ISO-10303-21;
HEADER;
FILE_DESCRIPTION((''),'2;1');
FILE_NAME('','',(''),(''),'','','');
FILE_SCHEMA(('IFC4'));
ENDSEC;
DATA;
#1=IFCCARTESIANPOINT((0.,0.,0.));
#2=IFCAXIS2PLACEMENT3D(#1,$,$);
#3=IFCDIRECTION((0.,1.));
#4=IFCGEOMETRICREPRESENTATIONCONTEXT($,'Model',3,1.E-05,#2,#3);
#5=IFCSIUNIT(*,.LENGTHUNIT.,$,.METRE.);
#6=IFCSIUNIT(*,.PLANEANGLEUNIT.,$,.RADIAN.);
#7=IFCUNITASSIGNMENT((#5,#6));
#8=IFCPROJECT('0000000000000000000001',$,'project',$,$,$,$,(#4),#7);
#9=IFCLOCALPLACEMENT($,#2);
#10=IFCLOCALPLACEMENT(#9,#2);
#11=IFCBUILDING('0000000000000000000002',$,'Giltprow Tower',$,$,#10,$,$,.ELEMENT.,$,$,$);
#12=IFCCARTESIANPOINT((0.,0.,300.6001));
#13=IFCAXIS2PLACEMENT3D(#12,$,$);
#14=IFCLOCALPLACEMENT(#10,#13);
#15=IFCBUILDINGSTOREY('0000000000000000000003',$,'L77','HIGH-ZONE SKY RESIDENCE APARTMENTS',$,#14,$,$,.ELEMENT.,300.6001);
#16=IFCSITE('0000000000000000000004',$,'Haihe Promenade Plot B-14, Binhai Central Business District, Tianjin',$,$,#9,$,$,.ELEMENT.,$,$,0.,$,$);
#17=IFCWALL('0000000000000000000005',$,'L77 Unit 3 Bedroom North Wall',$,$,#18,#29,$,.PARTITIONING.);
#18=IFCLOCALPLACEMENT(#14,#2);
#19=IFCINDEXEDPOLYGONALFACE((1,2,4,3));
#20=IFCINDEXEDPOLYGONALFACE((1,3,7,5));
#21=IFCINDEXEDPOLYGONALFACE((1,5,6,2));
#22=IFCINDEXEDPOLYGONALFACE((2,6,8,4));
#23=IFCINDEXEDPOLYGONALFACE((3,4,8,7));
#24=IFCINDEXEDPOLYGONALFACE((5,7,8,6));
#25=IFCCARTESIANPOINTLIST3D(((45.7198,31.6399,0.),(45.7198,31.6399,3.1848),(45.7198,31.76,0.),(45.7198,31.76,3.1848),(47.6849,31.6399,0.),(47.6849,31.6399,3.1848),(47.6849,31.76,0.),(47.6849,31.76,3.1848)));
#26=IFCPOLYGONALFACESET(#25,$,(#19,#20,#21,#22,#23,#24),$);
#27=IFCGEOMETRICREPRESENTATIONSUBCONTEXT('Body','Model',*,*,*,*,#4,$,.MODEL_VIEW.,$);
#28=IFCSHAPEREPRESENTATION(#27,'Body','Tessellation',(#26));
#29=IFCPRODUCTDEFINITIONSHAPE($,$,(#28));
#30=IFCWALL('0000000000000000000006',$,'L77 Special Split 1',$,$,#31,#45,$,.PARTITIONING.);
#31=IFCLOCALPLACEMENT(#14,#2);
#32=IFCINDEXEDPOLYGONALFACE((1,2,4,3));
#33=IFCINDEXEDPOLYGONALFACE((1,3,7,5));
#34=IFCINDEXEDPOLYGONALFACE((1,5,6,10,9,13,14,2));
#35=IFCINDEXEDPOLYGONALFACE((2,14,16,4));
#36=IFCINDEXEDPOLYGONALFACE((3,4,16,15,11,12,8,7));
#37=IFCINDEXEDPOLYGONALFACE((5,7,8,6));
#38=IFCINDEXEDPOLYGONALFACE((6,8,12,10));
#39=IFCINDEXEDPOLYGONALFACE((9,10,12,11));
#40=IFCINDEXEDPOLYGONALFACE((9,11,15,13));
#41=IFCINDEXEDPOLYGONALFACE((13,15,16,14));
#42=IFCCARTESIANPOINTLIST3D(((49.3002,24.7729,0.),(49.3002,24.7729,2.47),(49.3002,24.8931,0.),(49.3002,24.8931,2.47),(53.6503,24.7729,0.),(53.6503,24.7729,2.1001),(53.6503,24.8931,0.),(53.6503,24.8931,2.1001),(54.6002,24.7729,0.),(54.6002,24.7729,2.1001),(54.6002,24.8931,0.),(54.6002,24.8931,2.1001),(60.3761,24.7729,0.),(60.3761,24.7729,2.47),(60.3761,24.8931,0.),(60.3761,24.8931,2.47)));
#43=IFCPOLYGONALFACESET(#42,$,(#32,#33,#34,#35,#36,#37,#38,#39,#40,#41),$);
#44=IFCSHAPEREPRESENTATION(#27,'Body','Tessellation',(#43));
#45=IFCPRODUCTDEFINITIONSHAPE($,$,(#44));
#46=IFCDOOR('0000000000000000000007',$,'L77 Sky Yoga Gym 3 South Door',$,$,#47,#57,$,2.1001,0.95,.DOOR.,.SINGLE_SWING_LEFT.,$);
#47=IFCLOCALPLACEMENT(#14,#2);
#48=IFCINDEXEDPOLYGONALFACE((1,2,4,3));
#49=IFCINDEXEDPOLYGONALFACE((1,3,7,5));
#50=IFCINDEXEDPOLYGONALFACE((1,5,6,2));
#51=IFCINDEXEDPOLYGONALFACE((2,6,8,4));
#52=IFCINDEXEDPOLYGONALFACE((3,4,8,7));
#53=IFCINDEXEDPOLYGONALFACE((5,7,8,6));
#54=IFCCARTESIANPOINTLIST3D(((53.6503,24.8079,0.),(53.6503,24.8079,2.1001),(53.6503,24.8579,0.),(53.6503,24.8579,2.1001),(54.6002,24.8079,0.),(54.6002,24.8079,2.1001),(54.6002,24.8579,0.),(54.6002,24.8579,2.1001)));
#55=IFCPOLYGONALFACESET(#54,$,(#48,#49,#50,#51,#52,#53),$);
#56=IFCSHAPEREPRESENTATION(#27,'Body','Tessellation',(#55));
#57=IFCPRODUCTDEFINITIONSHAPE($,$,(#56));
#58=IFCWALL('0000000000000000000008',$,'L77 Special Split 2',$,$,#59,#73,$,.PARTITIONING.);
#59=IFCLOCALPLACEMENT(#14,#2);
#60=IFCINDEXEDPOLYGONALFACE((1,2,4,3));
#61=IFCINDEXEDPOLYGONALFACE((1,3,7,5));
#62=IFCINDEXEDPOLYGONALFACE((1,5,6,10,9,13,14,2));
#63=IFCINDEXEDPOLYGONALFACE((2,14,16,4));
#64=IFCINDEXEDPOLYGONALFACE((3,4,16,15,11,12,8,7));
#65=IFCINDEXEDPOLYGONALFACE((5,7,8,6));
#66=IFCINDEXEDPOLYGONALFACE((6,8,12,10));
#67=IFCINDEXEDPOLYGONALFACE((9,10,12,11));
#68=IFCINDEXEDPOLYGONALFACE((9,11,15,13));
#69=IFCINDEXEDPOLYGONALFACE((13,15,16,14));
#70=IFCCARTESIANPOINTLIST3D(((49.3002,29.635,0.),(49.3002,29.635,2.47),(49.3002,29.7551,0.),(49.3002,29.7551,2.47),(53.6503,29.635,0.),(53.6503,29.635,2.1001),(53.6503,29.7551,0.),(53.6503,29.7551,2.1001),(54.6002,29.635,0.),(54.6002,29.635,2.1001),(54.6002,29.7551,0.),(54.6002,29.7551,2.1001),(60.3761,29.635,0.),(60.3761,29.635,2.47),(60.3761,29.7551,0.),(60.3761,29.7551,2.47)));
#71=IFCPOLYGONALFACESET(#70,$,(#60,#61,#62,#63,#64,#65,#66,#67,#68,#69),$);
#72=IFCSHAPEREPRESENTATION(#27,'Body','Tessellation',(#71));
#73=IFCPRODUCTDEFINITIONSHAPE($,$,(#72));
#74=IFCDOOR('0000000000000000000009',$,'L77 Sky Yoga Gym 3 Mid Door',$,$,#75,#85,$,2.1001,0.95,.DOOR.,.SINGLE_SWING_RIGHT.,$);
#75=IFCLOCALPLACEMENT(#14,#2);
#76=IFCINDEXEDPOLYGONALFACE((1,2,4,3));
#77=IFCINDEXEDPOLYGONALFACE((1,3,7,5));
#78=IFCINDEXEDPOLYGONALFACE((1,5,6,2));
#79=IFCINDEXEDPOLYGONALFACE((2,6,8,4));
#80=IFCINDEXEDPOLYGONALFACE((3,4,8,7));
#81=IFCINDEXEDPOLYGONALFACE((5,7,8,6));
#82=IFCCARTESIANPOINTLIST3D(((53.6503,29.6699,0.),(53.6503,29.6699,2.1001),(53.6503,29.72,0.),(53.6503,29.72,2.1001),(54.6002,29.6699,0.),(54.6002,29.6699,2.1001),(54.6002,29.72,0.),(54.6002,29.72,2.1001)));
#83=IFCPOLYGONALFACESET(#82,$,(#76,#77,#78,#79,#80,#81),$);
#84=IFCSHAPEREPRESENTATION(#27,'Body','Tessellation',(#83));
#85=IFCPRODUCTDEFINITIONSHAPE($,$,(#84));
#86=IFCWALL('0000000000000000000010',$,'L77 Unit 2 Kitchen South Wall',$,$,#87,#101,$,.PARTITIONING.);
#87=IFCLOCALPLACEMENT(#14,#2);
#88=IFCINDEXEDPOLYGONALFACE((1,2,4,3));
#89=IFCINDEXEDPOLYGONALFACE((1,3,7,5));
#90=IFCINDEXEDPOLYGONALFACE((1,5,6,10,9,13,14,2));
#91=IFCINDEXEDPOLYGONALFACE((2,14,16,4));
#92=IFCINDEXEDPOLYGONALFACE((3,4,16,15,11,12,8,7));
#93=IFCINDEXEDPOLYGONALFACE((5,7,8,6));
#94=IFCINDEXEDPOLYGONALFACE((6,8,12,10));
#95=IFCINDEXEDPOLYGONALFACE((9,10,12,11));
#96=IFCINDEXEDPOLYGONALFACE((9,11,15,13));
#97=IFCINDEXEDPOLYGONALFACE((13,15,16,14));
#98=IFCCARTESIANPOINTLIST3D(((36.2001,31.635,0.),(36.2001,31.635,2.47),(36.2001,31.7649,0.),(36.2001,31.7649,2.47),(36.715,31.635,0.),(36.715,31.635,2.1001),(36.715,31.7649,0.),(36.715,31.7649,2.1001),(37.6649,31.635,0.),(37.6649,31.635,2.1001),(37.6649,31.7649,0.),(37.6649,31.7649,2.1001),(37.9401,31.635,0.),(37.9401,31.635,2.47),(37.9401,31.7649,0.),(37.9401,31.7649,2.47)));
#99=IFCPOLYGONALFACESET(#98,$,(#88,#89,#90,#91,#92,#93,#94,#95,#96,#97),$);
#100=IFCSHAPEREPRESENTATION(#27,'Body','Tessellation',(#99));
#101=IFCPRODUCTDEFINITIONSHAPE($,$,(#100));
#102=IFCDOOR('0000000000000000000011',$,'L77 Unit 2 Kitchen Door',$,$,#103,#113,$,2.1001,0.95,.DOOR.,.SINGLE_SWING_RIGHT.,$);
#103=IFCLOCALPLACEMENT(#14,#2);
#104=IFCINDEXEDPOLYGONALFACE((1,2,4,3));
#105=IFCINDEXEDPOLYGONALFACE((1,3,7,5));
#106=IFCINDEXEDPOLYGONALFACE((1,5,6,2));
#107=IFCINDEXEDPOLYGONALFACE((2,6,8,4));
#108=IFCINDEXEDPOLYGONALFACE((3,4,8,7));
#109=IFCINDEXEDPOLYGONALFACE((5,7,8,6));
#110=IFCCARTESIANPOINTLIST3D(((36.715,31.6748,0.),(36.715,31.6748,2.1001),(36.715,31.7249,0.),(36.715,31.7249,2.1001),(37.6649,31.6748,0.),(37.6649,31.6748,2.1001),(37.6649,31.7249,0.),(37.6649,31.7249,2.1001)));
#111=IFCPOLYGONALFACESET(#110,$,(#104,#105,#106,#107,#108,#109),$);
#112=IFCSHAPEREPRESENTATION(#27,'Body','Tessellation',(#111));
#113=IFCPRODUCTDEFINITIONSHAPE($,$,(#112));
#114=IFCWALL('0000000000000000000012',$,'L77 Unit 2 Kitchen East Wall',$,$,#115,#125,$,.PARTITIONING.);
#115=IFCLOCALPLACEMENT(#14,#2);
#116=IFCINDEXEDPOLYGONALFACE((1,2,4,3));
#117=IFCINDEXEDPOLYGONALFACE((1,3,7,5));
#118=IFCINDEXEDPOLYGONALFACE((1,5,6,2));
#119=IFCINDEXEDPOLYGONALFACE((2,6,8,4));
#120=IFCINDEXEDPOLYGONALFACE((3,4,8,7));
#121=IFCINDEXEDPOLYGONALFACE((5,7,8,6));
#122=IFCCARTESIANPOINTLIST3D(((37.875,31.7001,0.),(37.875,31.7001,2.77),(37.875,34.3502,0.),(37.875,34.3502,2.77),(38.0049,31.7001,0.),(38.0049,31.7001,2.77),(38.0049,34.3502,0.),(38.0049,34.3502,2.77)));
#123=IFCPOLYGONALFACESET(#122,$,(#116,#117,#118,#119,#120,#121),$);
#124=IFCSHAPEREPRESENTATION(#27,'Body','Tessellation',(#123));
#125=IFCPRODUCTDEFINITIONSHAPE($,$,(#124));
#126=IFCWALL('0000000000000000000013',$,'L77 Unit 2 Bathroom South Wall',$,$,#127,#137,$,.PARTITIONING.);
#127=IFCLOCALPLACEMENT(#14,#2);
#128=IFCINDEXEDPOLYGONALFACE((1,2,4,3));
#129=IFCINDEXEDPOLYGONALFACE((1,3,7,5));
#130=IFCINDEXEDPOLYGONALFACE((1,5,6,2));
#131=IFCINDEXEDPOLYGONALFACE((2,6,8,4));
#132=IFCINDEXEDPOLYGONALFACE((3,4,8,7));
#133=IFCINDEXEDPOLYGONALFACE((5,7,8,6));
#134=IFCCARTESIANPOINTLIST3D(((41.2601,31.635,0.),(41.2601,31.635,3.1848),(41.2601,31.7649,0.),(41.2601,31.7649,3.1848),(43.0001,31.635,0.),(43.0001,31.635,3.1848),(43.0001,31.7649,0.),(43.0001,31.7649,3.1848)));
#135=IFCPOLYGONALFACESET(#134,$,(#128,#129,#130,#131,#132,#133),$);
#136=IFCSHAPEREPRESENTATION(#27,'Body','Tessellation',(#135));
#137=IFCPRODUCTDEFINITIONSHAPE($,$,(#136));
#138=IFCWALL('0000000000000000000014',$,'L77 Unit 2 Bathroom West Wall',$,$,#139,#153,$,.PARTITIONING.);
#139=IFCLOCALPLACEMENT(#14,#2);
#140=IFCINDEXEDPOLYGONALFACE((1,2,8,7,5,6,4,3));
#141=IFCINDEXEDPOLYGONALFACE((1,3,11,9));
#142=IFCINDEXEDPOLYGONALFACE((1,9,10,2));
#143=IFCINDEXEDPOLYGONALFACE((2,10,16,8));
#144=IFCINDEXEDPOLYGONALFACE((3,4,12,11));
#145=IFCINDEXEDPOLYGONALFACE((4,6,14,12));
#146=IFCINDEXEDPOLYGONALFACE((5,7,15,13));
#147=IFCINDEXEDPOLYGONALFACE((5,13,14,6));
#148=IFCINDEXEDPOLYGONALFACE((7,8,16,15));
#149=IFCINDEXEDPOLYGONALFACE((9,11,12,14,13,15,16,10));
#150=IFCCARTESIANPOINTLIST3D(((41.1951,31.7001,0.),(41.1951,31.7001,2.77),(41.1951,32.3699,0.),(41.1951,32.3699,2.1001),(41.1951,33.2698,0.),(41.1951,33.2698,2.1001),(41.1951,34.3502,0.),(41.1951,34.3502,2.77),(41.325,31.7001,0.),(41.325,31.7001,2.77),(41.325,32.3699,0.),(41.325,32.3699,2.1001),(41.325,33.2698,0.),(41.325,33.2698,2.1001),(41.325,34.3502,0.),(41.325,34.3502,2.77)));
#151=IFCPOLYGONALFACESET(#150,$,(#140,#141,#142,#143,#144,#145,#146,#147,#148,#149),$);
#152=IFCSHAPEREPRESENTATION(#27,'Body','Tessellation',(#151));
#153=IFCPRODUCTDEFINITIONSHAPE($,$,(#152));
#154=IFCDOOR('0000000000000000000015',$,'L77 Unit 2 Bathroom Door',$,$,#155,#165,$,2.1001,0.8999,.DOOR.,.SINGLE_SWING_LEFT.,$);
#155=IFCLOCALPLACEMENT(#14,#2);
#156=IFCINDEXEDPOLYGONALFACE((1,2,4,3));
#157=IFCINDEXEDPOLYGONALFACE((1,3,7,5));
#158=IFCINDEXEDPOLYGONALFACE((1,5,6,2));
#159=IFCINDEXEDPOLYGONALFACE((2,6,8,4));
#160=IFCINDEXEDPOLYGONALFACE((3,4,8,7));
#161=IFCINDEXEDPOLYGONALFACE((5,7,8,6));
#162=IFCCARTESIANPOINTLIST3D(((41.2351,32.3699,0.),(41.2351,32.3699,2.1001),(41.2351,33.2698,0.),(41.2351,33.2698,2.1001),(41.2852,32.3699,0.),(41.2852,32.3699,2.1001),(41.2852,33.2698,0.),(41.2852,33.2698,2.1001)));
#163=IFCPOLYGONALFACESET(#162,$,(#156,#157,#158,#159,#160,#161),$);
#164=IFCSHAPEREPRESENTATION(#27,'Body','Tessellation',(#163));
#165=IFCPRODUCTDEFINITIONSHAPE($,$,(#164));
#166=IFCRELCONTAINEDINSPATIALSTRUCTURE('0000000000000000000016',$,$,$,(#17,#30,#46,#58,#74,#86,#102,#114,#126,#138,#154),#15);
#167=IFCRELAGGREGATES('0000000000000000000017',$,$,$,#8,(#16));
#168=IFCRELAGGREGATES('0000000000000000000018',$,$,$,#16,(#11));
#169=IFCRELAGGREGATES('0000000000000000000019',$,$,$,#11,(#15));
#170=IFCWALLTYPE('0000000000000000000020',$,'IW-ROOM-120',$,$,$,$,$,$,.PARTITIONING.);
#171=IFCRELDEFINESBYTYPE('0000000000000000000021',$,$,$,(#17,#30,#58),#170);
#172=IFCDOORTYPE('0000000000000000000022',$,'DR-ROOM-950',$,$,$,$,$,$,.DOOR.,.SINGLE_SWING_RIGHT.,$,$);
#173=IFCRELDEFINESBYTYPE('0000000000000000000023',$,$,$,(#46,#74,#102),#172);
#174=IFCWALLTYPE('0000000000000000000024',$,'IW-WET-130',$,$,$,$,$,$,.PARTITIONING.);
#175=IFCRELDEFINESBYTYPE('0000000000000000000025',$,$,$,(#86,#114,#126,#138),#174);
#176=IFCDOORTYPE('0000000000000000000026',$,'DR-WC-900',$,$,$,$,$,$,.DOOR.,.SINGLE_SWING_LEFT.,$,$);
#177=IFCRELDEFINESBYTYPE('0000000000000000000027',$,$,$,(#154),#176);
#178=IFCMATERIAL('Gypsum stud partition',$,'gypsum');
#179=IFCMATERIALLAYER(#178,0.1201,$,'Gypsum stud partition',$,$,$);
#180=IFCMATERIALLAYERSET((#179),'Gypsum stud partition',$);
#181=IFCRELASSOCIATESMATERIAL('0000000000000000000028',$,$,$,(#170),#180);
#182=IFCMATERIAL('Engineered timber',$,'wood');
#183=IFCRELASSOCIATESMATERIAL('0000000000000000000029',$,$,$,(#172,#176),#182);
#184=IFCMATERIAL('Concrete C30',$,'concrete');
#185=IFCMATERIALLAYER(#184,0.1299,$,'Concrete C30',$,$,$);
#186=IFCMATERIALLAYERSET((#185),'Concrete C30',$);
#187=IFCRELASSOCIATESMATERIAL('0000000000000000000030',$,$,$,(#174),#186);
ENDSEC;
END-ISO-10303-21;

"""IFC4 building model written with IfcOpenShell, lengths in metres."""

from ifc_helpers import new_model, si_unit, direction, frame, frame_2d, origin, place, context, subcontext, project, spatial, rectangle, extrude, source, transform, mapped, material, layer, layer_set, type_object, element, fill, save


model = new_model("IFC4")

# Units and contexts
model_context = context("Model", 3, precision=1e-05, world=origin(), true_north=direction((0.0, 1.0)))
body_context = subcontext(model_context, "Body", "Model", "MODEL_VIEW")
ifc_project = project(units=[si_unit("LENGTHUNIT", "METRE"), si_unit("PLANEANGLEUNIT", "RADIAN")], contexts=[model_context])

# Site, building, storey
site_placement = place(None, origin())
site = spatial("IfcSite", under=ifc_project, at=site_placement, Name="Haihe Promenade Plot B-14, Binhai Central Business District, Tianjin", CompositionType="ELEMENT", RefElevation=0.0)
building_placement = place(site_placement, origin())
building = spatial("IfcBuilding", under=site, at=building_placement, Name="Giltprow Tower", CompositionType="ELEMENT")
storey_placement = place(building_placement, frame((0.0, 0.0, 300.6001)))
storey = spatial("IfcBuildingStorey", under=building, at=storey_placement, Name="L77", Description="HIGH-ZONE SKY RESIDENCE APARTMENTS", CompositionType="ELEMENT", Elevation=300.6001)

# Wall
ifc_material_1 = material(Name="Gypsum stud partition", Category="gypsum")
ifc_layer_1 = layer(ifc_material_1, 0.1201, Name="Gypsum stud partition")
ifc_layer_set_1 = layer_set([ifc_layer_1], Name="Gypsum stud partition")
wall_type_1 = type_object("IfcWallType", Name="IW-ROOM-120", PredefinedType="PARTITIONING", material=ifc_layer_set_1)
wall_1_placement = place(storey_placement, frame((45.72, 31.7, 0.0), z_axis=(0.0, 0.0, 1.0), x_axis=(1.0, 0.0, 0.0)))
element("IfcWall", 1, at=wall_1_placement, inside=storey, type_object=wall_type_1, Name="L77 Unit 3 Bedroom North Wall", PredefinedType="PARTITIONING", context=body_context, shape_type="SweptSolid", body=[
    extrude(rectangle(XDim=1.9651, YDim=0.1201, at=frame_2d((0.9824, 0.0))), origin(), (0.0, 0.0, 1.0), 3.1848),
])

# Walls, openings, doors
wall_2_placement = place(storey_placement, frame((49.3, 24.833, 0.0), z_axis=(0.0, 0.0, 1.0), x_axis=(1.0, 0.0, 0.0)))
wall_2 = element("IfcWall", 2, at=wall_2_placement, inside=storey, type_object=wall_type_1, Name="L77 Special Split 1", PredefinedType="PARTITIONING", context=body_context, shape_type="SweptSolid", body=[
    extrude(rectangle(XDim=11.0759, YDim=0.1201, at=frame_2d((5.5381, 0.0))), origin(), (0.0, 0.0, 1.0), 2.47),
])
opening_1_placement = place(wall_2_placement, frame((4.3501, 0.0, 0.0)))
opening_1 = element("IfcOpeningElement", 3, at=opening_1_placement, cuts=wall_2, PredefinedType="OPENING", context=body_context, shape_type="SweptSolid", body=[
    extrude(rectangle(XDim=0.95, YDim=2.1001, at=frame_2d((0.4751, 1.05))), frame((0.0, 0.0701, 0.0), z_axis=(0.0, -1.0, 0.0), x_axis=(1.0, 0.0, 0.0)), (0.0, 0.0, 1.0), 0.1401),
])
ifc_material_2 = material(Name="Engineered timber", Category="wood")
door_type_1 = type_object("IfcDoorType", Name="DR-ROOM-950", OperationType="SINGLE_SWING_RIGHT", PredefinedType="DOOR", material=ifc_material_2)
shared_shape_1 = source(origin(), body_context, "Body", "SweptSolid", [
    extrude(rectangle(XDim=0.95, YDim=2.1001, at=frame_2d((0.4751, 1.05))), frame((0.0, 0.0249, 0.0), z_axis=(0.0, -1.0, 0.0), x_axis=(1.0, 0.0, 0.0)), (0.0, 0.0, 1.0), 0.05),
])
door_1_placement = place(opening_1_placement, origin())
door_1 = element("IfcDoor", 4, at=door_1_placement, inside=storey, type_object=door_type_1, Name="L77 Sky Yoga Gym 3 South Door", OperationType="SINGLE_SWING_LEFT", OverallHeight=2.1001, OverallWidth=0.95, PredefinedType="DOOR", context=body_context, shape_type="MappedRepresentation", body=[
    mapped(shared_shape_1, transform((0.0, 0.0, 0.0), x_axis=(1.0, 0.0, 0.0), y_axis=(0.0, 1.0, 0.0), z_axis=(0.0, 0.0, 1.0), scale=1.0)),
])
fill(opening_1, door_1)
wall_3_placement = place(storey_placement, frame((49.3, 29.6951, 0.0), z_axis=(0.0, 0.0, 1.0), x_axis=(1.0, 0.0, 0.0)))
wall_3 = element("IfcWall", 5, at=wall_3_placement, inside=storey, type_object=wall_type_1, Name="L77 Special Split 2", PredefinedType="PARTITIONING", context=body_context, shape_type="SweptSolid", body=[
    extrude(rectangle(XDim=11.0759, YDim=0.1201, at=frame_2d((5.5381, 0.0))), origin(), (0.0, 0.0, 1.0), 2.47),
])
opening_2_placement = place(wall_3_placement, frame((4.3501, 0.0, 0.0)))
opening_2 = element("IfcOpeningElement", 6, at=opening_2_placement, cuts=wall_3, PredefinedType="OPENING", context=body_context, shape_type="SweptSolid", body=[
    extrude(rectangle(XDim=0.95, YDim=2.1001, at=frame_2d((0.4751, 1.05))), frame((0.0, 0.0701, 0.0), z_axis=(0.0, -1.0, 0.0), x_axis=(1.0, 0.0, 0.0)), (0.0, 0.0, 1.0), 0.1401),
])
door_2_placement = place(opening_2_placement, origin())
door_2 = element("IfcDoor", 7, at=door_2_placement, inside=storey, type_object=door_type_1, Name="L77 Sky Yoga Gym 3 Mid Door", OperationType="SINGLE_SWING_RIGHT", OverallHeight=2.1001, OverallWidth=0.95, PredefinedType="DOOR", context=body_context, shape_type="MappedRepresentation", body=[
    mapped(shared_shape_1, transform((0.0, 0.0, 0.0), x_axis=(1.0, 0.0, 0.0), y_axis=(0.0, 1.0, 0.0), z_axis=(0.0, 0.0, 1.0), scale=1.0)),
])
fill(opening_2, door_2)
ifc_material_3 = material(Name="Concrete C30", Category="concrete")
ifc_layer_2 = layer(ifc_material_3, 0.1299, Name="Concrete C30")
ifc_layer_set_2 = layer_set([ifc_layer_2], Name="Concrete C30")
wall_type_2 = type_object("IfcWallType", Name="IW-WET-130", PredefinedType="PARTITIONING", material=ifc_layer_set_2)
wall_4_placement = place(storey_placement, frame((36.2, 31.7, 0.0), z_axis=(0.0, 0.0, 1.0), x_axis=(1.0, 0.0, 0.0)))
wall_4 = element("IfcWall", 8, at=wall_4_placement, inside=storey, type_object=wall_type_2, Name="L77 Unit 2 Kitchen South Wall", PredefinedType="PARTITIONING", context=body_context, shape_type="SweptSolid", body=[
    extrude(rectangle(XDim=1.74, YDim=0.1299, at=frame_2d((0.8701, 0.0))), origin(), (0.0, 0.0, 1.0), 2.47),
])
opening_3_placement = place(wall_4_placement, frame((0.5149, 0.0, 0.0)))
opening_3 = element("IfcOpeningElement", 9, at=opening_3_placement, cuts=wall_4, PredefinedType="OPENING", context=body_context, shape_type="SweptSolid", body=[
    extrude(rectangle(XDim=0.95, YDim=2.1001, at=frame_2d((0.4751, 1.05))), frame((0.0, 0.075, 0.0), z_axis=(0.0, -1.0, 0.0), x_axis=(1.0, 0.0, 0.0)), (0.0, 0.0, 1.0), 0.1499),
])
door_3_placement = place(opening_3_placement, origin())
door_3 = element("IfcDoor", 10, at=door_3_placement, inside=storey, type_object=door_type_1, Name="L77 Unit 2 Kitchen Door", OperationType="SINGLE_SWING_RIGHT", OverallHeight=2.1001, OverallWidth=0.95, PredefinedType="DOOR", context=body_context, shape_type="MappedRepresentation", body=[
    mapped(shared_shape_1, transform((0.0, 0.0, 0.0), x_axis=(1.0, 0.0, 0.0), y_axis=(0.0, 1.0, 0.0), z_axis=(0.0, 0.0, 1.0), scale=1.0)),
])
fill(opening_3, door_3)

# Walls
wall_5_placement = place(storey_placement, frame((37.9399, 31.7, 0.0), z_axis=(0.0, 0.0, 1.0), x_axis=(0.0, 1.0, 0.0)))
element("IfcWall", 11, at=wall_5_placement, inside=storey, type_object=wall_type_2, Name="L77 Unit 2 Kitchen East Wall", PredefinedType="PARTITIONING", context=body_context, shape_type="SweptSolid", body=[
    extrude(rectangle(XDim=2.6501, YDim=0.1299, at=frame_2d((1.3252, 0.0))), origin(), (0.0, 0.0, 1.0), 2.77),
])
wall_6_placement = place(storey_placement, frame((41.26, 31.7, 0.0), z_axis=(0.0, 0.0, 1.0), x_axis=(1.0, 0.0, 0.0)))
element("IfcWall", 12, at=wall_6_placement, inside=storey, type_object=wall_type_2, Name="L77 Unit 2 Bathroom South Wall", PredefinedType="PARTITIONING", context=body_context, shape_type="SweptSolid", body=[
    extrude(rectangle(XDim=1.74, YDim=0.1299, at=frame_2d((0.8701, 0.0))), origin(), (0.0, 0.0, 1.0), 3.1848),
])

# Wall, opening, door
wall_7_placement = place(storey_placement, frame((41.26, 31.7, 0.0), z_axis=(0.0, 0.0, 1.0), x_axis=(0.0, 1.0, 0.0)))
wall_7 = element("IfcWall", 13, at=wall_7_placement, inside=storey, type_object=wall_type_2, Name="L77 Unit 2 Bathroom West Wall", PredefinedType="PARTITIONING", context=body_context, shape_type="SweptSolid", body=[
    extrude(rectangle(XDim=2.6501, YDim=0.1299, at=frame_2d((1.3252, 0.0))), origin(), (0.0, 0.0, 1.0), 2.77),
])
opening_4_placement = place(wall_7_placement, frame((0.6699, 0.0, 0.0)))
opening_4 = element("IfcOpeningElement", 14, at=opening_4_placement, cuts=wall_7, PredefinedType="OPENING", context=body_context, shape_type="SweptSolid", body=[
    extrude(rectangle(XDim=0.8999, YDim=2.1001, at=frame_2d((0.45, 1.05))), frame((0.0, 0.075, 0.0), z_axis=(0.0, -1.0, 0.0), x_axis=(1.0, 0.0, 0.0)), (0.0, 0.0, 1.0), 0.1499),
])
door_type_2 = type_object("IfcDoorType", Name="DR-WC-900", OperationType="SINGLE_SWING_LEFT", PredefinedType="DOOR", material=ifc_material_2)
shared_shape_2 = source(origin(), body_context, "Body", "SweptSolid", [
    extrude(rectangle(XDim=0.8999, YDim=2.1001, at=frame_2d((0.45, 1.05))), frame((0.0, 0.0249, 0.0), z_axis=(0.0, -1.0, 0.0), x_axis=(1.0, 0.0, 0.0)), (0.0, 0.0, 1.0), 0.05),
])
door_4_placement = place(opening_4_placement, origin())
door_4 = element("IfcDoor", 15, at=door_4_placement, inside=storey, type_object=door_type_2, Name="L77 Unit 2 Bathroom Door", OperationType="SINGLE_SWING_LEFT", OverallHeight=2.1001, OverallWidth=0.8999, PredefinedType="DOOR", context=body_context, shape_type="MappedRepresentation", body=[
    mapped(shared_shape_2, transform((0.0, 0.0, 0.0), x_axis=(1.0, 0.0, 0.0), y_axis=(0.0, 1.0, 0.0), z_axis=(0.0, 0.0, 1.0), scale=1.0)),
])
fill(opening_4, door_4)

save(model, "model.ifc")
